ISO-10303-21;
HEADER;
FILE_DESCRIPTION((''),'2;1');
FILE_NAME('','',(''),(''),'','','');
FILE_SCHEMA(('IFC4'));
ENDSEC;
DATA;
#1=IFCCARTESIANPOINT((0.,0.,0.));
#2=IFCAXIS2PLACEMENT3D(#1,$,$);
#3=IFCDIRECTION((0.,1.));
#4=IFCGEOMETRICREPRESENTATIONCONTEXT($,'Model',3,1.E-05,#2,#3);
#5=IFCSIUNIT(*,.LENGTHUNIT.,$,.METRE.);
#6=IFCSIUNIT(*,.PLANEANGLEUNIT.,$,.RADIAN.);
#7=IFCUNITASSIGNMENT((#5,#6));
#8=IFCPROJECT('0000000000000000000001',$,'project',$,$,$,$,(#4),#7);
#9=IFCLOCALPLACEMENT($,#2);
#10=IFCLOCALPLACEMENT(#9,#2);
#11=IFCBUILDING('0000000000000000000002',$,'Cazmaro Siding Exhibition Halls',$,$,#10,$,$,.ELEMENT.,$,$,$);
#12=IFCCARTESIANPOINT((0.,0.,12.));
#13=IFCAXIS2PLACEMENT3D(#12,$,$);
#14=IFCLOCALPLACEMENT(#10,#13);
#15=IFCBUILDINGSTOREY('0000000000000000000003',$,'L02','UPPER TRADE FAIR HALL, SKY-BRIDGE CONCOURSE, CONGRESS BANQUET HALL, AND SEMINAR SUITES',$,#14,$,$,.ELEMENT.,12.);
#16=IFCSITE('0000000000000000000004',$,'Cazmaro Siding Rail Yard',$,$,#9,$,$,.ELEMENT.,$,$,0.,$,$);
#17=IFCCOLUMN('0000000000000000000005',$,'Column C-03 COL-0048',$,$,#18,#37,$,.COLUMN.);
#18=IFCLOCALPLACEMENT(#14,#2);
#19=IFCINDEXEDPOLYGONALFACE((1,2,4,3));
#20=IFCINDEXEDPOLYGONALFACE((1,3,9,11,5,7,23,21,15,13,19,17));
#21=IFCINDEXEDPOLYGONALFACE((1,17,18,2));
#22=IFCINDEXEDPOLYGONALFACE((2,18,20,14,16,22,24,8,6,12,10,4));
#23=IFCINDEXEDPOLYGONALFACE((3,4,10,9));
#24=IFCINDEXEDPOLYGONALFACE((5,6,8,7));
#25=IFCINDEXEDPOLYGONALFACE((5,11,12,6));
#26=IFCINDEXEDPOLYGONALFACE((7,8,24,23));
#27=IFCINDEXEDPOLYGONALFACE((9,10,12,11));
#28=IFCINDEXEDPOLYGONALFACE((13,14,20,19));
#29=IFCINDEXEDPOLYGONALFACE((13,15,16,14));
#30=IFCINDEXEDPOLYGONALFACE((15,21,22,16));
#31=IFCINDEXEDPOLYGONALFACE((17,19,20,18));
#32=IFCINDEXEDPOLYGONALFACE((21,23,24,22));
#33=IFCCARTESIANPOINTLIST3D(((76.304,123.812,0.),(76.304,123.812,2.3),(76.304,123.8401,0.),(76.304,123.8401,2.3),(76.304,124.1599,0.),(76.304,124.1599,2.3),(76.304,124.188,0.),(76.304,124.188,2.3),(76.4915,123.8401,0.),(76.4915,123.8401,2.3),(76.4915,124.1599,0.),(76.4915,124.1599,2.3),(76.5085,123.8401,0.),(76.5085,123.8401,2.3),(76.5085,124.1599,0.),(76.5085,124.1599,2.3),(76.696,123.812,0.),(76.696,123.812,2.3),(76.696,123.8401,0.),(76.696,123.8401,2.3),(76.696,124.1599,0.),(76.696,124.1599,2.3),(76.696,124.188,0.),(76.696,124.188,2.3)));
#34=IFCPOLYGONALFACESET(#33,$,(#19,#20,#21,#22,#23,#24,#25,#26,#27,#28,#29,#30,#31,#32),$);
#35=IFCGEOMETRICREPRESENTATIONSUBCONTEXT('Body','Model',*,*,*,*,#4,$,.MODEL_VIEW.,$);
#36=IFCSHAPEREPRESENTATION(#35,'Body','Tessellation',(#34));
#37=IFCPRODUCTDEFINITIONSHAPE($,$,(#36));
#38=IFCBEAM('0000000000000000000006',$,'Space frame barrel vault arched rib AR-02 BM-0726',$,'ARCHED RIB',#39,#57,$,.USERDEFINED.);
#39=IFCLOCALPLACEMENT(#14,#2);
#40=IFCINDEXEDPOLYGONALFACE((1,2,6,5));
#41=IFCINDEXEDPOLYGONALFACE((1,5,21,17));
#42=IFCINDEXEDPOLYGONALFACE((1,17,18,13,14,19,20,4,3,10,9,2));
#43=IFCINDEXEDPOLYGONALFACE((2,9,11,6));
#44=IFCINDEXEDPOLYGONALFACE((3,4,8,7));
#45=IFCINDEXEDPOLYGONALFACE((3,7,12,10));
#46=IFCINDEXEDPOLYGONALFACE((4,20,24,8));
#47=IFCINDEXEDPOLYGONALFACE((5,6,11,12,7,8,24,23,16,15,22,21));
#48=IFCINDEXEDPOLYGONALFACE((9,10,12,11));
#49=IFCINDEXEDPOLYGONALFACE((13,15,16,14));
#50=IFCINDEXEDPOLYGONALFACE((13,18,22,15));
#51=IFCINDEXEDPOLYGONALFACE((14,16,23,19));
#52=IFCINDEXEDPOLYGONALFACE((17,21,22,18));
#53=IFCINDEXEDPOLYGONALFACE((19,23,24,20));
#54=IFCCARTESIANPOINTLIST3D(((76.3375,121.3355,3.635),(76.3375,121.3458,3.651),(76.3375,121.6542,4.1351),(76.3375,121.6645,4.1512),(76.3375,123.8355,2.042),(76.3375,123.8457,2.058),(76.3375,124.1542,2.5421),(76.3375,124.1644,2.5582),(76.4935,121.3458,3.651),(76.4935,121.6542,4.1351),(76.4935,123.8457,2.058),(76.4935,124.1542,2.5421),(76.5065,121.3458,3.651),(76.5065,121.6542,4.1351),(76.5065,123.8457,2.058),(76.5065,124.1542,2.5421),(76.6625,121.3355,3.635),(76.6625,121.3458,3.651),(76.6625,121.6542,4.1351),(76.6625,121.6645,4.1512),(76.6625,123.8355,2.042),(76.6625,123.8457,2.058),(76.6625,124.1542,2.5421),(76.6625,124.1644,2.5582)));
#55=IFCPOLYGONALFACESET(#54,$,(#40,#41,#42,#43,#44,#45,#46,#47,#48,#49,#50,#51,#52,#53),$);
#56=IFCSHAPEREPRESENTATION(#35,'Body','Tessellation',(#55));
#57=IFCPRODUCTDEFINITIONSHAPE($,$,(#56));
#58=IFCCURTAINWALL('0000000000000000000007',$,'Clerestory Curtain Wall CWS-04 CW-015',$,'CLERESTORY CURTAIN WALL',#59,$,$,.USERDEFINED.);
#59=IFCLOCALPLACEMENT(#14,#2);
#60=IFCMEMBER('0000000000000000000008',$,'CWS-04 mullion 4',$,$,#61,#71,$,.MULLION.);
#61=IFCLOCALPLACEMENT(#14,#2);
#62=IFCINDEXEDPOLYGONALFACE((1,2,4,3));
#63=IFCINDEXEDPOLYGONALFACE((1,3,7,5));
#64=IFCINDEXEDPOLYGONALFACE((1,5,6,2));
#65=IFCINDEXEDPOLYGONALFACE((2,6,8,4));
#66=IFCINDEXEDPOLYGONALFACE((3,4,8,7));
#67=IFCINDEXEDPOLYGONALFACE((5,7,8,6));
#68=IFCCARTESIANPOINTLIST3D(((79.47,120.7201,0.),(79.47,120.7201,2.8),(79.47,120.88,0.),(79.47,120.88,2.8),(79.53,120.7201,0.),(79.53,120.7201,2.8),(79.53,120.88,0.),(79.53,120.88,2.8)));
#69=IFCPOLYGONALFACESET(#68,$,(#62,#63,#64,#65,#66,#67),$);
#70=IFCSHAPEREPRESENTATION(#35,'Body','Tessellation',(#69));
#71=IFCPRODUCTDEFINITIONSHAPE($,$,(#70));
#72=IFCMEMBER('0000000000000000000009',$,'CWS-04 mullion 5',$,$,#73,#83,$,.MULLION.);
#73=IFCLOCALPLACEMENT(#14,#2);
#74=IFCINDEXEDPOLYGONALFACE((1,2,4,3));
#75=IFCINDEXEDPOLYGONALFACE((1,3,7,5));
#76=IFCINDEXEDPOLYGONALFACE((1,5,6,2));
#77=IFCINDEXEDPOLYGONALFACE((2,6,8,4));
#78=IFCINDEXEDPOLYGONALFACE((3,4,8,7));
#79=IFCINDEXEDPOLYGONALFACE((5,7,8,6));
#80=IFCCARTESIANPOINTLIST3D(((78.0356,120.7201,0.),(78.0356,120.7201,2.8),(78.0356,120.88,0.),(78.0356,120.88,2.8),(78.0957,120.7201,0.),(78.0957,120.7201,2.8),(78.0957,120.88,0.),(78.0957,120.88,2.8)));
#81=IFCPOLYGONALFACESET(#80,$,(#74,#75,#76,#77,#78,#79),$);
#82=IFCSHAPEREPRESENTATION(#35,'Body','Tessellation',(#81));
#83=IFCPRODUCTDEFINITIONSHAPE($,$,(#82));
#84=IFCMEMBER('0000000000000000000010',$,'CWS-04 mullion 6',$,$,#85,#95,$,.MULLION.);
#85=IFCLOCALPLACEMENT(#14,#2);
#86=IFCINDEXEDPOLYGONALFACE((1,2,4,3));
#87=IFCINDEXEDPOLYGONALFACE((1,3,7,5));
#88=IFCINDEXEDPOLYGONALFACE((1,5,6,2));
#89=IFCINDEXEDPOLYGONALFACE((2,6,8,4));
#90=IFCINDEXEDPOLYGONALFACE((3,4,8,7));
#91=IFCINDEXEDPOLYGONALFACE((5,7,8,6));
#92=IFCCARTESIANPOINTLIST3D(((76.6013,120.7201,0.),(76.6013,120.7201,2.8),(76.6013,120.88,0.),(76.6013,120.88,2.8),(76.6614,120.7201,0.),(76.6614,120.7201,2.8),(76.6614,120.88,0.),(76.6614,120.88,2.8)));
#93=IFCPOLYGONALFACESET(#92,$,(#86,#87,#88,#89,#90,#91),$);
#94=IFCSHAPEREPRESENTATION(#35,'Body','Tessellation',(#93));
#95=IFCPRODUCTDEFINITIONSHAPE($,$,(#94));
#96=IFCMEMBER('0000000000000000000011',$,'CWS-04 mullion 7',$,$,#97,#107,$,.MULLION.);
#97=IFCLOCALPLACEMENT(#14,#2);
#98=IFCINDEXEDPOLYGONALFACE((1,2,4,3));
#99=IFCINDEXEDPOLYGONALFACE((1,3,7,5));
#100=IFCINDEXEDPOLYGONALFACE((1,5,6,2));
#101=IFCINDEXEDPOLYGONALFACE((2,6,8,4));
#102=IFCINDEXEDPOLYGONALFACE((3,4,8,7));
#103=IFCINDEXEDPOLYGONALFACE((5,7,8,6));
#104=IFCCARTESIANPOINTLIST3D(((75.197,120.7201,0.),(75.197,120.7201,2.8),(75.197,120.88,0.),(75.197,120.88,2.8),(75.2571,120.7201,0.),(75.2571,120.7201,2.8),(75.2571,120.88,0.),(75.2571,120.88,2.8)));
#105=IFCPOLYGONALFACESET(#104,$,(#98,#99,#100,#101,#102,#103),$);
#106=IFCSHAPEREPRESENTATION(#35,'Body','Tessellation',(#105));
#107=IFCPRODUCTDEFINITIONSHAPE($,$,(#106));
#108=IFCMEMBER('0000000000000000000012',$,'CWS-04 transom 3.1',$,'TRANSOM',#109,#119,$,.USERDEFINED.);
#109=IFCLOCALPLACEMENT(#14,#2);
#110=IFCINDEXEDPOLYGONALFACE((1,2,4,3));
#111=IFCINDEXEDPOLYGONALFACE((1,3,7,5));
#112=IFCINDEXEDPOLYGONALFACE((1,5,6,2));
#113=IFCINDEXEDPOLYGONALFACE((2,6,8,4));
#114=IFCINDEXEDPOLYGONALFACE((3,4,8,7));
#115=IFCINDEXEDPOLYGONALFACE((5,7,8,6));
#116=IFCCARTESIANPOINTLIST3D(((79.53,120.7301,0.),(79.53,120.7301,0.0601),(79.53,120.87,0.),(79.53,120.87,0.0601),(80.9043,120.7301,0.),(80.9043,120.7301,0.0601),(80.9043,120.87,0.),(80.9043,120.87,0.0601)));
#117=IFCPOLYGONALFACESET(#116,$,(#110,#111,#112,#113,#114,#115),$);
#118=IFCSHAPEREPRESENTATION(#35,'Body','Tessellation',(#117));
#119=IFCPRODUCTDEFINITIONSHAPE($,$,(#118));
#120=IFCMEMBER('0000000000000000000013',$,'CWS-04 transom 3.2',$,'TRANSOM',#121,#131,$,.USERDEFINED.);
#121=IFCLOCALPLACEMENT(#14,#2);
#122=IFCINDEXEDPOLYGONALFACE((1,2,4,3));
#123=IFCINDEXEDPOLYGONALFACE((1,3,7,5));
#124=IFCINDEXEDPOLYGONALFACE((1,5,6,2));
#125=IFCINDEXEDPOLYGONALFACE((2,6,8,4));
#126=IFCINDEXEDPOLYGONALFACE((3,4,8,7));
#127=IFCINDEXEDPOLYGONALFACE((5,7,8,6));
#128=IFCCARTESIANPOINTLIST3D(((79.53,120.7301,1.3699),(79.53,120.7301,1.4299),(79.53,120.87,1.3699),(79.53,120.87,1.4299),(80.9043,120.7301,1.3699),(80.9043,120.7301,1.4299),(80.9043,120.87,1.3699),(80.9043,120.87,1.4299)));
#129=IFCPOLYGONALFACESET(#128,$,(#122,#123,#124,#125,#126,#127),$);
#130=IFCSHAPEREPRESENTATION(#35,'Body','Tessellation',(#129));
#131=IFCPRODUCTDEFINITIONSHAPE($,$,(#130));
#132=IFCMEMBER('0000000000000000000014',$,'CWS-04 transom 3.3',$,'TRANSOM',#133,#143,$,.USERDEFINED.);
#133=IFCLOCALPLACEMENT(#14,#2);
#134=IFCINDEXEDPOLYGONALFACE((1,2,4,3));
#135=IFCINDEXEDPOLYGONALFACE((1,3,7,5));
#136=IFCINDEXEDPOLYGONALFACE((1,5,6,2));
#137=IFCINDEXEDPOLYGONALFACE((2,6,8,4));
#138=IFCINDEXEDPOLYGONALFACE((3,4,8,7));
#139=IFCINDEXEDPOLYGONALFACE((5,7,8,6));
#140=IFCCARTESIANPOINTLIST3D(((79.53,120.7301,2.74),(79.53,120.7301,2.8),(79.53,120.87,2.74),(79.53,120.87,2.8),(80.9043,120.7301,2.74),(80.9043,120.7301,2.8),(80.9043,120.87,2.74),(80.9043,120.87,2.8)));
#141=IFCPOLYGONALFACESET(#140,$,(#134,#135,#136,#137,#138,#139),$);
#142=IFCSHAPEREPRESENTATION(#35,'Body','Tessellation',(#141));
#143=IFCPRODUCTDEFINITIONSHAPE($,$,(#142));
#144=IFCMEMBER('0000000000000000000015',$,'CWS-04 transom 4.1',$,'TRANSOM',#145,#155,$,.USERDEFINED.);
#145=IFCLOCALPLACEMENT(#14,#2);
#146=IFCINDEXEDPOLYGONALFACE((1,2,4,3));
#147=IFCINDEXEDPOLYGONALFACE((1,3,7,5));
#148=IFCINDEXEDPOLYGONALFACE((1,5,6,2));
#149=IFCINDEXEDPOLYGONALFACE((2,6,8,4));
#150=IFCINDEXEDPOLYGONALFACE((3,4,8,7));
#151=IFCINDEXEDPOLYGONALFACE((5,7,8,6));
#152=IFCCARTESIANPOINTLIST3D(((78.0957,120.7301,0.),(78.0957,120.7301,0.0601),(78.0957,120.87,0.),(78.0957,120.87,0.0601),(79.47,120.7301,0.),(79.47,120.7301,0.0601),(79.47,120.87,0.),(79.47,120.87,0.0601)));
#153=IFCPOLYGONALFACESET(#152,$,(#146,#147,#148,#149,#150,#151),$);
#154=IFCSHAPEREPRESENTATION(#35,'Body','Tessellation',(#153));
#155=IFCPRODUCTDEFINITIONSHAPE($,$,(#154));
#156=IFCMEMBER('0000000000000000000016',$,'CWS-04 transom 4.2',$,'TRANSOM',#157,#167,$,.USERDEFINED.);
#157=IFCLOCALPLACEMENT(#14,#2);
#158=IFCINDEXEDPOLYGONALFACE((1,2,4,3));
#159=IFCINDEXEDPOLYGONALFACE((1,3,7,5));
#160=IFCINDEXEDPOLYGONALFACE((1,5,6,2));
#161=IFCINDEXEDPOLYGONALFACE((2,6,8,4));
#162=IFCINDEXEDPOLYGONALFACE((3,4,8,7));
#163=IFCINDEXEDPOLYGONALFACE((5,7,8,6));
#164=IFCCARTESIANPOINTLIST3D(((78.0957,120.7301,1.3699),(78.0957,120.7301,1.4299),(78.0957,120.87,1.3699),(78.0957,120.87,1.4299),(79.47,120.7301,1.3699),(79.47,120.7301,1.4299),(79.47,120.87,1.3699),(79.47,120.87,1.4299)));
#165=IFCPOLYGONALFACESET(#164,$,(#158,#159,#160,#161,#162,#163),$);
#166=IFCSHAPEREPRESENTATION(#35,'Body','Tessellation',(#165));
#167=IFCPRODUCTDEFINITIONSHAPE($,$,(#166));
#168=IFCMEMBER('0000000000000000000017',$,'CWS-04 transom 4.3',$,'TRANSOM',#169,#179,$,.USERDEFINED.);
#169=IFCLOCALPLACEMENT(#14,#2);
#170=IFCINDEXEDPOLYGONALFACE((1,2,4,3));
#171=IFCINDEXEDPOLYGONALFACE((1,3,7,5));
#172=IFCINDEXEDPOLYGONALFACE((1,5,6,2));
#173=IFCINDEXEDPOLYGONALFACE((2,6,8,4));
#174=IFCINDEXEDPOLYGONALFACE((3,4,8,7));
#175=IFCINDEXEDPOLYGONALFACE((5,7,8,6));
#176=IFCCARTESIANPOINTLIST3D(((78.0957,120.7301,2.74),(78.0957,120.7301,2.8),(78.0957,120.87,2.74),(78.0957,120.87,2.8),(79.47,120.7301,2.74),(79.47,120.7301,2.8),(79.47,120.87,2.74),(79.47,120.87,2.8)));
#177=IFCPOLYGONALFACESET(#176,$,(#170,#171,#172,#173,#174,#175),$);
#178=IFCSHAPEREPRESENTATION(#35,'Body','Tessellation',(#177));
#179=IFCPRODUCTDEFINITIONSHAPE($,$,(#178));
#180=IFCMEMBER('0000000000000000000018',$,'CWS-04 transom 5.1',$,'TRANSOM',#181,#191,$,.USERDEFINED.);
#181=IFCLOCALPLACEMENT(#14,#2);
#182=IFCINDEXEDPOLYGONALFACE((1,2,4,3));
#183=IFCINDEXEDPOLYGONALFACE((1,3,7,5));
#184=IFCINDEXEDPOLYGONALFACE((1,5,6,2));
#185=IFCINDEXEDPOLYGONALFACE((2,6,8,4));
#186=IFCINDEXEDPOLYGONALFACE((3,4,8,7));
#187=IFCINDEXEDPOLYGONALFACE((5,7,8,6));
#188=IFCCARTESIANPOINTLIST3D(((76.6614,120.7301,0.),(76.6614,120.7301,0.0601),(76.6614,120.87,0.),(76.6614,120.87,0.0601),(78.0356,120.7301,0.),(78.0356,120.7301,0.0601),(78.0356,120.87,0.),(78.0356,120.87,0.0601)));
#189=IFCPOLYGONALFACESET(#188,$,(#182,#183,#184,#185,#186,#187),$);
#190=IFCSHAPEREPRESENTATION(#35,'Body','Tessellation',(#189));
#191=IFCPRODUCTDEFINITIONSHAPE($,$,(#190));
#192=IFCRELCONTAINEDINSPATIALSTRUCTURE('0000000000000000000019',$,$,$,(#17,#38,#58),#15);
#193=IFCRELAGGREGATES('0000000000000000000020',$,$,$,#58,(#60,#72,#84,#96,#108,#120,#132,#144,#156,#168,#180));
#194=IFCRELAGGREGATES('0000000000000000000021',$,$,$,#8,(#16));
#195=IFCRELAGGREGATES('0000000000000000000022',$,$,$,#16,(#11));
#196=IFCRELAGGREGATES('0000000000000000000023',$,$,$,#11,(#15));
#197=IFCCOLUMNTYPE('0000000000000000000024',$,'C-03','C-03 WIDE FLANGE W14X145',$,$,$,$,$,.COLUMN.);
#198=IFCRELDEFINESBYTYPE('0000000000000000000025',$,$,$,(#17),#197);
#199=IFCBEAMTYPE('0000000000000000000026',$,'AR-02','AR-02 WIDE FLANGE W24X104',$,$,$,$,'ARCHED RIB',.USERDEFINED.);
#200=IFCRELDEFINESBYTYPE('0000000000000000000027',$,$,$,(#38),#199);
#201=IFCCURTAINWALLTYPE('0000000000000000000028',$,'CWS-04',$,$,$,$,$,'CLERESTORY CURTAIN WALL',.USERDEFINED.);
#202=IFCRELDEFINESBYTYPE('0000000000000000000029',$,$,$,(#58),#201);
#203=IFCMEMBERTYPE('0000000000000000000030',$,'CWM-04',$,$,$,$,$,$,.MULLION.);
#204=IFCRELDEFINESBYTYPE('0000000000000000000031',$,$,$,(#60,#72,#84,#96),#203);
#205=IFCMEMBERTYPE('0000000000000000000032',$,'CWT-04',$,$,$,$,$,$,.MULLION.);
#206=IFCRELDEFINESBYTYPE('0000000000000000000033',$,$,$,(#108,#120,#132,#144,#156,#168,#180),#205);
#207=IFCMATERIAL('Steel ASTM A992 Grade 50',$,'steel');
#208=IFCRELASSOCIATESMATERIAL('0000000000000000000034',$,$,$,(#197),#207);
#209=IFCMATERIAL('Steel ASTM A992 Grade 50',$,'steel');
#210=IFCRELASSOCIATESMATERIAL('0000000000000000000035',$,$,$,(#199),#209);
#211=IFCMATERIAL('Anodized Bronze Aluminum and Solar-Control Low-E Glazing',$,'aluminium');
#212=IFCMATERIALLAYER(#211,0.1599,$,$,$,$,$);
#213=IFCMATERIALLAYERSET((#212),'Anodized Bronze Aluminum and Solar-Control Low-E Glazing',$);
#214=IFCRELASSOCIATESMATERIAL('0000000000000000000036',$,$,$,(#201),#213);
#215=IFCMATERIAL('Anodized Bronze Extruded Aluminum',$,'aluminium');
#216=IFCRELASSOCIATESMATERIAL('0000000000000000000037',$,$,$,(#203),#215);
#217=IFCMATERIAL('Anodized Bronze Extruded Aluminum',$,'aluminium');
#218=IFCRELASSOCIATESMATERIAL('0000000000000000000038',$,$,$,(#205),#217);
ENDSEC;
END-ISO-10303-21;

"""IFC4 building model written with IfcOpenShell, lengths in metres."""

from ifc_helpers import new_model, si_unit, direction, frame, origin, origin_2d, place, context, subcontext, project, spatial, rectangle, i_section, extrude, material, layer, layer_set, material_profile, profile_set, type_object, element, aggregate, save


model = new_model("IFC4")

# Units and contexts
model_context = context("Model", 3, precision=1e-05, world=origin(), true_north=direction((0.0, 1.0)))
body_context = subcontext(model_context, "Body", "Model", "MODEL_VIEW")
ifc_project = project(units=[si_unit("LENGTHUNIT", "METRE"), si_unit("PLANEANGLEUNIT", "RADIAN")], contexts=[model_context])

# Site, building, storey
site_placement = place(None, origin())
site = spatial("IfcSite", under=ifc_project, at=site_placement, Name="Cazmaro Siding Rail Yard", CompositionType="ELEMENT", RefElevation=0.0)
building_placement = place(site_placement, origin())
building = spatial("IfcBuilding", under=site, at=building_placement, Name="Cazmaro Siding Exhibition Halls", CompositionType="ELEMENT")
storey_placement = place(building_placement, frame((0.0, 0.0, 12.0)))
storey = spatial("IfcBuildingStorey", under=building, at=storey_placement, Name="L02", Description="UPPER TRADE FAIR HALL, SKY-BRIDGE CONCOURSE, CONGRESS BANQUET HALL, AND SEMINAR SUITES", CompositionType="ELEMENT", Elevation=12.0)

# Column
ifc_material_1 = material(Name="Steel ASTM A992 Grade 50", Category="steel")
ifc_material_profile_1 = material_profile(ifc_material_1, i_section(OverallWidth=0.3921, OverallDepth=0.376, WebThickness=0.0171, FlangeThickness=0.0281, at=origin_2d()), Name="W14X145")
ifc_profile_set_1 = profile_set([ifc_material_profile_1], Name="Steel ASTM A992 Grade 50")
column_type = type_object("IfcColumnType", Name="C-03", Description="C-03 WIDE FLANGE W14X145", PredefinedType="COLUMN", material=ifc_profile_set_1)
column_placement = place(storey_placement, frame((76.5, 124.0, 0.0), z_axis=(0.0, 0.0, 1.0), x_axis=(1.0, 0.0, 0.0)))
element("IfcColumn", 1, at=column_placement, inside=storey, type_object=column_type, Name="Column C-03 COL-0048", PredefinedType="COLUMN", context=body_context, shape_type="SweptSolid", body=[
    extrude(i_section(OverallWidth=0.3921, OverallDepth=0.376, WebThickness=0.0171, FlangeThickness=0.0281, at=origin_2d()), origin(), (0.0, 0.0, 1.0), 2.3),
])

# Beam
ifc_material_2 = material(Name="Steel ASTM A992 Grade 50", Category="steel")
ifc_material_profile_2 = material_profile(ifc_material_2, i_section(OverallWidth=0.325, OverallDepth=0.6121, WebThickness=0.0129, FlangeThickness=0.019, at=origin_2d()), Name="W24X104")
ifc_profile_set_2 = profile_set([ifc_material_profile_2], Name="Steel ASTM A992 Grade 50")
beam_type_1 = type_object("IfcBeamType", Name="AR-02", Description="AR-02 WIDE FLANGE W24X104", ElementType="ARCHED RIB", PredefinedType="USERDEFINED", material=ifc_profile_set_2)
beam_1_placement = place(storey_placement, frame((76.5, 121.5, 3.8931), z_axis=(0.0, 0.843339, -0.537382), x_axis=(-1.0, 0.0, 0.0)))
element("IfcBeam", 2, at=beam_1_placement, inside=storey, type_object=beam_type_1, Name="Space frame barrel vault arched rib AR-02 BM-0726", ObjectType="ARCHED RIB", PredefinedType="USERDEFINED", context=body_context, shape_type="SweptSolid", body=[
    extrude(i_section(OverallWidth=0.325, OverallDepth=0.6121, WebThickness=0.0129, FlangeThickness=0.019, at=origin_2d()), origin(), (0.0, 0.0, 1.0), 2.9644),
])

# Curtain wall, members
ifc_material_3 = material(Name="Anodized Bronze Aluminum and Solar-Control Low-E Glazing", Category="aluminium")
ifc_layer_1 = layer(ifc_material_3, 0.1599)
ifc_layer_set_1 = layer_set([ifc_layer_1], Name="Anodized Bronze Aluminum and Solar-Control Low-E Glazing")
curtain_wall_type = type_object("IfcCurtainWallType", Name="CWS-04", ElementType="CLERESTORY CURTAIN WALL", PredefinedType="USERDEFINED", material=ifc_layer_set_1)
curtain_wall_placement = place(storey_placement, origin())
curtain_wall = element("IfcCurtainWall", 3, at=curtain_wall_placement, inside=storey, type_object=curtain_wall_type, Name="Clerestory Curtain Wall CWS-04 CW-015", ObjectType="CLERESTORY CURTAIN WALL", PredefinedType="USERDEFINED")
ifc_material_4 = material(Name="Anodized Bronze Extruded Aluminum", Category="aluminium")
ifc_material_profile_3 = material_profile(ifc_material_4, rectangle(XDim=0.1599, YDim=0.0601, at=origin_2d()), Name="CWM-04")
ifc_profile_set_3 = profile_set([ifc_material_profile_3], Name="Anodized Bronze Extruded Aluminum")
member_type_1 = type_object("IfcMemberType", Name="CWM-04", PredefinedType="MULLION", material=ifc_profile_set_3)
member_1_placement = place(storey_placement, frame((79.5, 120.8, 0.0), z_axis=(0.0, 0.0, 1.0), x_axis=(0.0, -1.0, 0.0)))
member_1 = element("IfcMember", 4, at=member_1_placement, type_object=member_type_1, Name="CWS-04 mullion 4", PredefinedType="MULLION", context=body_context, shape_type="SweptSolid", body=[
    extrude(rectangle(XDim=0.1599, YDim=0.0601, at=origin_2d()), origin(), (0.0, 0.0, 1.0), 2.8),
])
member_2_placement = place(storey_placement, frame((78.0657, 120.8, 0.0), z_axis=(0.0, 0.0, 1.0), x_axis=(0.0, -1.0, 0.0)))
member_2 = element("IfcMember", 5, at=member_2_placement, type_object=member_type_1, Name="CWS-04 mullion 5", PredefinedType="MULLION", context=body_context, shape_type="SweptSolid", body=[
    extrude(rectangle(XDim=0.1599, YDim=0.0601, at=origin_2d()), origin(), (0.0, 0.0, 1.0), 2.8),
])
member_3_placement = place(storey_placement, frame((76.6313, 120.8, 0.0), z_axis=(0.0, 0.0, 1.0), x_axis=(0.0, -1.0, 0.0)))
member_3 = element("IfcMember", 6, at=member_3_placement, type_object=member_type_1, Name="CWS-04 mullion 6", PredefinedType="MULLION", context=body_context, shape_type="SweptSolid", body=[
    extrude(rectangle(XDim=0.1599, YDim=0.0601, at=origin_2d()), origin(), (0.0, 0.0, 1.0), 2.8),
])
member_4_placement = place(storey_placement, frame((75.2271, 120.8, 0.0), z_axis=(0.0, 0.0, 1.0), x_axis=(0.0, -1.0, 0.0)))
member_4 = element("IfcMember", 7, at=member_4_placement, type_object=member_type_1, Name="CWS-04 mullion 7", PredefinedType="MULLION", context=body_context, shape_type="SweptSolid", body=[
    extrude(rectangle(XDim=0.1599, YDim=0.0601, at=origin_2d()), origin(), (0.0, 0.0, 1.0), 2.8),
])
ifc_material_5 = material(Name="Anodized Bronze Extruded Aluminum", Category="aluminium")
ifc_material_profile_4 = material_profile(ifc_material_5, rectangle(XDim=0.1399, YDim=0.0601, at=origin_2d()), Name="CWT-04")
ifc_profile_set_4 = profile_set([ifc_material_profile_4], Name="Anodized Bronze Extruded Aluminum")
member_type_2 = type_object("IfcMemberType", Name="CWT-04", PredefinedType="MULLION", material=ifc_profile_set_4)
member_5_placement = place(storey_placement, frame((80.9043, 120.8, 0.03), z_axis=(-1.0, 0.0, 0.0), x_axis=(0.0, -1.0, 0.0)))
member_5 = element("IfcMember", 8, at=member_5_placement, type_object=member_type_2, Name="CWS-04 transom 3.1", ObjectType="TRANSOM", PredefinedType="USERDEFINED", context=body_context, shape_type="SweptSolid", body=[
    extrude(rectangle(XDim=0.1399, YDim=0.0601, at=origin_2d()), origin(), (0.0, 0.0, 1.0), 1.3743),
])
member_6_placement = place(storey_placement, frame((80.9043, 120.8, 1.3999), z_axis=(-1.0, 0.0, 0.0), x_axis=(0.0, -1.0, 0.0)))
member_6 = element("IfcMember", 9, at=member_6_placement, type_object=member_type_2, Name="CWS-04 transom 3.2", ObjectType="TRANSOM", PredefinedType="USERDEFINED", context=body_context, shape_type="SweptSolid", body=[
    extrude(rectangle(XDim=0.1399, YDim=0.0601, at=origin_2d()), origin(), (0.0, 0.0, 1.0), 1.3743),
])
member_7_placement = place(storey_placement, frame((80.9043, 120.8, 2.77), z_axis=(-1.0, 0.0, 0.0), x_axis=(0.0, -1.0, 0.0)))
member_7 = element("IfcMember", 10, at=member_7_placement, type_object=member_type_2, Name="CWS-04 transom 3.3", ObjectType="TRANSOM", PredefinedType="USERDEFINED", context=body_context, shape_type="SweptSolid", body=[
    extrude(rectangle(XDim=0.1399, YDim=0.0601, at=origin_2d()), origin(), (0.0, 0.0, 1.0), 1.3743),
])
member_8_placement = place(storey_placement, frame((79.47, 120.8, 0.03), z_axis=(-1.0, 0.0, 0.0), x_axis=(0.0, -1.0, 0.0)))
member_8 = element("IfcMember", 11, at=member_8_placement, type_object=member_type_2, Name="CWS-04 transom 4.1", ObjectType="TRANSOM", PredefinedType="USERDEFINED", context=body_context, shape_type="SweptSolid", body=[
    extrude(rectangle(XDim=0.1399, YDim=0.0601, at=origin_2d()), origin(), (0.0, 0.0, 1.0), 1.3743),
])
member_9_placement = place(storey_placement, frame((79.47, 120.8, 1.3999), z_axis=(-1.0, 0.0, 0.0), x_axis=(0.0, -1.0, 0.0)))
member_9 = element("IfcMember", 12, at=member_9_placement, type_object=member_type_2, Name="CWS-04 transom 4.2", ObjectType="TRANSOM", PredefinedType="USERDEFINED", context=body_context, shape_type="SweptSolid", body=[
    extrude(rectangle(XDim=0.1399, YDim=0.0601, at=origin_2d()), origin(), (0.0, 0.0, 1.0), 1.3743),
])
member_10_placement = place(storey_placement, frame((79.47, 120.8, 2.77), z_axis=(-1.0, 0.0, 0.0), x_axis=(0.0, -1.0, 0.0)))
member_10 = element("IfcMember", 13, at=member_10_placement, type_object=member_type_2, Name="CWS-04 transom 4.3", ObjectType="TRANSOM", PredefinedType="USERDEFINED", context=body_context, shape_type="SweptSolid", body=[
    extrude(rectangle(XDim=0.1399, YDim=0.0601, at=origin_2d()), origin(), (0.0, 0.0, 1.0), 1.3743),
])
member_11_placement = place(storey_placement, frame((78.0356, 120.8, 0.03), z_axis=(-1.0, 0.0, 0.0), x_axis=(0.0, -1.0, 0.0)))
member_11 = element("IfcMember", 14, at=member_11_placement, type_object=member_type_2, Name="CWS-04 transom 5.1", ObjectType="TRANSOM", PredefinedType="USERDEFINED", context=body_context, shape_type="SweptSolid", body=[
    extrude(rectangle(XDim=0.1399, YDim=0.0601, at=origin_2d()), origin(), (0.0, 0.0, 1.0), 1.3743),
])

aggregate(curtain_wall, [member_1, member_2, member_3, member_4, member_5, member_6, member_7, member_8, member_9, member_10, member_11])

save(model, "model.ifc")
